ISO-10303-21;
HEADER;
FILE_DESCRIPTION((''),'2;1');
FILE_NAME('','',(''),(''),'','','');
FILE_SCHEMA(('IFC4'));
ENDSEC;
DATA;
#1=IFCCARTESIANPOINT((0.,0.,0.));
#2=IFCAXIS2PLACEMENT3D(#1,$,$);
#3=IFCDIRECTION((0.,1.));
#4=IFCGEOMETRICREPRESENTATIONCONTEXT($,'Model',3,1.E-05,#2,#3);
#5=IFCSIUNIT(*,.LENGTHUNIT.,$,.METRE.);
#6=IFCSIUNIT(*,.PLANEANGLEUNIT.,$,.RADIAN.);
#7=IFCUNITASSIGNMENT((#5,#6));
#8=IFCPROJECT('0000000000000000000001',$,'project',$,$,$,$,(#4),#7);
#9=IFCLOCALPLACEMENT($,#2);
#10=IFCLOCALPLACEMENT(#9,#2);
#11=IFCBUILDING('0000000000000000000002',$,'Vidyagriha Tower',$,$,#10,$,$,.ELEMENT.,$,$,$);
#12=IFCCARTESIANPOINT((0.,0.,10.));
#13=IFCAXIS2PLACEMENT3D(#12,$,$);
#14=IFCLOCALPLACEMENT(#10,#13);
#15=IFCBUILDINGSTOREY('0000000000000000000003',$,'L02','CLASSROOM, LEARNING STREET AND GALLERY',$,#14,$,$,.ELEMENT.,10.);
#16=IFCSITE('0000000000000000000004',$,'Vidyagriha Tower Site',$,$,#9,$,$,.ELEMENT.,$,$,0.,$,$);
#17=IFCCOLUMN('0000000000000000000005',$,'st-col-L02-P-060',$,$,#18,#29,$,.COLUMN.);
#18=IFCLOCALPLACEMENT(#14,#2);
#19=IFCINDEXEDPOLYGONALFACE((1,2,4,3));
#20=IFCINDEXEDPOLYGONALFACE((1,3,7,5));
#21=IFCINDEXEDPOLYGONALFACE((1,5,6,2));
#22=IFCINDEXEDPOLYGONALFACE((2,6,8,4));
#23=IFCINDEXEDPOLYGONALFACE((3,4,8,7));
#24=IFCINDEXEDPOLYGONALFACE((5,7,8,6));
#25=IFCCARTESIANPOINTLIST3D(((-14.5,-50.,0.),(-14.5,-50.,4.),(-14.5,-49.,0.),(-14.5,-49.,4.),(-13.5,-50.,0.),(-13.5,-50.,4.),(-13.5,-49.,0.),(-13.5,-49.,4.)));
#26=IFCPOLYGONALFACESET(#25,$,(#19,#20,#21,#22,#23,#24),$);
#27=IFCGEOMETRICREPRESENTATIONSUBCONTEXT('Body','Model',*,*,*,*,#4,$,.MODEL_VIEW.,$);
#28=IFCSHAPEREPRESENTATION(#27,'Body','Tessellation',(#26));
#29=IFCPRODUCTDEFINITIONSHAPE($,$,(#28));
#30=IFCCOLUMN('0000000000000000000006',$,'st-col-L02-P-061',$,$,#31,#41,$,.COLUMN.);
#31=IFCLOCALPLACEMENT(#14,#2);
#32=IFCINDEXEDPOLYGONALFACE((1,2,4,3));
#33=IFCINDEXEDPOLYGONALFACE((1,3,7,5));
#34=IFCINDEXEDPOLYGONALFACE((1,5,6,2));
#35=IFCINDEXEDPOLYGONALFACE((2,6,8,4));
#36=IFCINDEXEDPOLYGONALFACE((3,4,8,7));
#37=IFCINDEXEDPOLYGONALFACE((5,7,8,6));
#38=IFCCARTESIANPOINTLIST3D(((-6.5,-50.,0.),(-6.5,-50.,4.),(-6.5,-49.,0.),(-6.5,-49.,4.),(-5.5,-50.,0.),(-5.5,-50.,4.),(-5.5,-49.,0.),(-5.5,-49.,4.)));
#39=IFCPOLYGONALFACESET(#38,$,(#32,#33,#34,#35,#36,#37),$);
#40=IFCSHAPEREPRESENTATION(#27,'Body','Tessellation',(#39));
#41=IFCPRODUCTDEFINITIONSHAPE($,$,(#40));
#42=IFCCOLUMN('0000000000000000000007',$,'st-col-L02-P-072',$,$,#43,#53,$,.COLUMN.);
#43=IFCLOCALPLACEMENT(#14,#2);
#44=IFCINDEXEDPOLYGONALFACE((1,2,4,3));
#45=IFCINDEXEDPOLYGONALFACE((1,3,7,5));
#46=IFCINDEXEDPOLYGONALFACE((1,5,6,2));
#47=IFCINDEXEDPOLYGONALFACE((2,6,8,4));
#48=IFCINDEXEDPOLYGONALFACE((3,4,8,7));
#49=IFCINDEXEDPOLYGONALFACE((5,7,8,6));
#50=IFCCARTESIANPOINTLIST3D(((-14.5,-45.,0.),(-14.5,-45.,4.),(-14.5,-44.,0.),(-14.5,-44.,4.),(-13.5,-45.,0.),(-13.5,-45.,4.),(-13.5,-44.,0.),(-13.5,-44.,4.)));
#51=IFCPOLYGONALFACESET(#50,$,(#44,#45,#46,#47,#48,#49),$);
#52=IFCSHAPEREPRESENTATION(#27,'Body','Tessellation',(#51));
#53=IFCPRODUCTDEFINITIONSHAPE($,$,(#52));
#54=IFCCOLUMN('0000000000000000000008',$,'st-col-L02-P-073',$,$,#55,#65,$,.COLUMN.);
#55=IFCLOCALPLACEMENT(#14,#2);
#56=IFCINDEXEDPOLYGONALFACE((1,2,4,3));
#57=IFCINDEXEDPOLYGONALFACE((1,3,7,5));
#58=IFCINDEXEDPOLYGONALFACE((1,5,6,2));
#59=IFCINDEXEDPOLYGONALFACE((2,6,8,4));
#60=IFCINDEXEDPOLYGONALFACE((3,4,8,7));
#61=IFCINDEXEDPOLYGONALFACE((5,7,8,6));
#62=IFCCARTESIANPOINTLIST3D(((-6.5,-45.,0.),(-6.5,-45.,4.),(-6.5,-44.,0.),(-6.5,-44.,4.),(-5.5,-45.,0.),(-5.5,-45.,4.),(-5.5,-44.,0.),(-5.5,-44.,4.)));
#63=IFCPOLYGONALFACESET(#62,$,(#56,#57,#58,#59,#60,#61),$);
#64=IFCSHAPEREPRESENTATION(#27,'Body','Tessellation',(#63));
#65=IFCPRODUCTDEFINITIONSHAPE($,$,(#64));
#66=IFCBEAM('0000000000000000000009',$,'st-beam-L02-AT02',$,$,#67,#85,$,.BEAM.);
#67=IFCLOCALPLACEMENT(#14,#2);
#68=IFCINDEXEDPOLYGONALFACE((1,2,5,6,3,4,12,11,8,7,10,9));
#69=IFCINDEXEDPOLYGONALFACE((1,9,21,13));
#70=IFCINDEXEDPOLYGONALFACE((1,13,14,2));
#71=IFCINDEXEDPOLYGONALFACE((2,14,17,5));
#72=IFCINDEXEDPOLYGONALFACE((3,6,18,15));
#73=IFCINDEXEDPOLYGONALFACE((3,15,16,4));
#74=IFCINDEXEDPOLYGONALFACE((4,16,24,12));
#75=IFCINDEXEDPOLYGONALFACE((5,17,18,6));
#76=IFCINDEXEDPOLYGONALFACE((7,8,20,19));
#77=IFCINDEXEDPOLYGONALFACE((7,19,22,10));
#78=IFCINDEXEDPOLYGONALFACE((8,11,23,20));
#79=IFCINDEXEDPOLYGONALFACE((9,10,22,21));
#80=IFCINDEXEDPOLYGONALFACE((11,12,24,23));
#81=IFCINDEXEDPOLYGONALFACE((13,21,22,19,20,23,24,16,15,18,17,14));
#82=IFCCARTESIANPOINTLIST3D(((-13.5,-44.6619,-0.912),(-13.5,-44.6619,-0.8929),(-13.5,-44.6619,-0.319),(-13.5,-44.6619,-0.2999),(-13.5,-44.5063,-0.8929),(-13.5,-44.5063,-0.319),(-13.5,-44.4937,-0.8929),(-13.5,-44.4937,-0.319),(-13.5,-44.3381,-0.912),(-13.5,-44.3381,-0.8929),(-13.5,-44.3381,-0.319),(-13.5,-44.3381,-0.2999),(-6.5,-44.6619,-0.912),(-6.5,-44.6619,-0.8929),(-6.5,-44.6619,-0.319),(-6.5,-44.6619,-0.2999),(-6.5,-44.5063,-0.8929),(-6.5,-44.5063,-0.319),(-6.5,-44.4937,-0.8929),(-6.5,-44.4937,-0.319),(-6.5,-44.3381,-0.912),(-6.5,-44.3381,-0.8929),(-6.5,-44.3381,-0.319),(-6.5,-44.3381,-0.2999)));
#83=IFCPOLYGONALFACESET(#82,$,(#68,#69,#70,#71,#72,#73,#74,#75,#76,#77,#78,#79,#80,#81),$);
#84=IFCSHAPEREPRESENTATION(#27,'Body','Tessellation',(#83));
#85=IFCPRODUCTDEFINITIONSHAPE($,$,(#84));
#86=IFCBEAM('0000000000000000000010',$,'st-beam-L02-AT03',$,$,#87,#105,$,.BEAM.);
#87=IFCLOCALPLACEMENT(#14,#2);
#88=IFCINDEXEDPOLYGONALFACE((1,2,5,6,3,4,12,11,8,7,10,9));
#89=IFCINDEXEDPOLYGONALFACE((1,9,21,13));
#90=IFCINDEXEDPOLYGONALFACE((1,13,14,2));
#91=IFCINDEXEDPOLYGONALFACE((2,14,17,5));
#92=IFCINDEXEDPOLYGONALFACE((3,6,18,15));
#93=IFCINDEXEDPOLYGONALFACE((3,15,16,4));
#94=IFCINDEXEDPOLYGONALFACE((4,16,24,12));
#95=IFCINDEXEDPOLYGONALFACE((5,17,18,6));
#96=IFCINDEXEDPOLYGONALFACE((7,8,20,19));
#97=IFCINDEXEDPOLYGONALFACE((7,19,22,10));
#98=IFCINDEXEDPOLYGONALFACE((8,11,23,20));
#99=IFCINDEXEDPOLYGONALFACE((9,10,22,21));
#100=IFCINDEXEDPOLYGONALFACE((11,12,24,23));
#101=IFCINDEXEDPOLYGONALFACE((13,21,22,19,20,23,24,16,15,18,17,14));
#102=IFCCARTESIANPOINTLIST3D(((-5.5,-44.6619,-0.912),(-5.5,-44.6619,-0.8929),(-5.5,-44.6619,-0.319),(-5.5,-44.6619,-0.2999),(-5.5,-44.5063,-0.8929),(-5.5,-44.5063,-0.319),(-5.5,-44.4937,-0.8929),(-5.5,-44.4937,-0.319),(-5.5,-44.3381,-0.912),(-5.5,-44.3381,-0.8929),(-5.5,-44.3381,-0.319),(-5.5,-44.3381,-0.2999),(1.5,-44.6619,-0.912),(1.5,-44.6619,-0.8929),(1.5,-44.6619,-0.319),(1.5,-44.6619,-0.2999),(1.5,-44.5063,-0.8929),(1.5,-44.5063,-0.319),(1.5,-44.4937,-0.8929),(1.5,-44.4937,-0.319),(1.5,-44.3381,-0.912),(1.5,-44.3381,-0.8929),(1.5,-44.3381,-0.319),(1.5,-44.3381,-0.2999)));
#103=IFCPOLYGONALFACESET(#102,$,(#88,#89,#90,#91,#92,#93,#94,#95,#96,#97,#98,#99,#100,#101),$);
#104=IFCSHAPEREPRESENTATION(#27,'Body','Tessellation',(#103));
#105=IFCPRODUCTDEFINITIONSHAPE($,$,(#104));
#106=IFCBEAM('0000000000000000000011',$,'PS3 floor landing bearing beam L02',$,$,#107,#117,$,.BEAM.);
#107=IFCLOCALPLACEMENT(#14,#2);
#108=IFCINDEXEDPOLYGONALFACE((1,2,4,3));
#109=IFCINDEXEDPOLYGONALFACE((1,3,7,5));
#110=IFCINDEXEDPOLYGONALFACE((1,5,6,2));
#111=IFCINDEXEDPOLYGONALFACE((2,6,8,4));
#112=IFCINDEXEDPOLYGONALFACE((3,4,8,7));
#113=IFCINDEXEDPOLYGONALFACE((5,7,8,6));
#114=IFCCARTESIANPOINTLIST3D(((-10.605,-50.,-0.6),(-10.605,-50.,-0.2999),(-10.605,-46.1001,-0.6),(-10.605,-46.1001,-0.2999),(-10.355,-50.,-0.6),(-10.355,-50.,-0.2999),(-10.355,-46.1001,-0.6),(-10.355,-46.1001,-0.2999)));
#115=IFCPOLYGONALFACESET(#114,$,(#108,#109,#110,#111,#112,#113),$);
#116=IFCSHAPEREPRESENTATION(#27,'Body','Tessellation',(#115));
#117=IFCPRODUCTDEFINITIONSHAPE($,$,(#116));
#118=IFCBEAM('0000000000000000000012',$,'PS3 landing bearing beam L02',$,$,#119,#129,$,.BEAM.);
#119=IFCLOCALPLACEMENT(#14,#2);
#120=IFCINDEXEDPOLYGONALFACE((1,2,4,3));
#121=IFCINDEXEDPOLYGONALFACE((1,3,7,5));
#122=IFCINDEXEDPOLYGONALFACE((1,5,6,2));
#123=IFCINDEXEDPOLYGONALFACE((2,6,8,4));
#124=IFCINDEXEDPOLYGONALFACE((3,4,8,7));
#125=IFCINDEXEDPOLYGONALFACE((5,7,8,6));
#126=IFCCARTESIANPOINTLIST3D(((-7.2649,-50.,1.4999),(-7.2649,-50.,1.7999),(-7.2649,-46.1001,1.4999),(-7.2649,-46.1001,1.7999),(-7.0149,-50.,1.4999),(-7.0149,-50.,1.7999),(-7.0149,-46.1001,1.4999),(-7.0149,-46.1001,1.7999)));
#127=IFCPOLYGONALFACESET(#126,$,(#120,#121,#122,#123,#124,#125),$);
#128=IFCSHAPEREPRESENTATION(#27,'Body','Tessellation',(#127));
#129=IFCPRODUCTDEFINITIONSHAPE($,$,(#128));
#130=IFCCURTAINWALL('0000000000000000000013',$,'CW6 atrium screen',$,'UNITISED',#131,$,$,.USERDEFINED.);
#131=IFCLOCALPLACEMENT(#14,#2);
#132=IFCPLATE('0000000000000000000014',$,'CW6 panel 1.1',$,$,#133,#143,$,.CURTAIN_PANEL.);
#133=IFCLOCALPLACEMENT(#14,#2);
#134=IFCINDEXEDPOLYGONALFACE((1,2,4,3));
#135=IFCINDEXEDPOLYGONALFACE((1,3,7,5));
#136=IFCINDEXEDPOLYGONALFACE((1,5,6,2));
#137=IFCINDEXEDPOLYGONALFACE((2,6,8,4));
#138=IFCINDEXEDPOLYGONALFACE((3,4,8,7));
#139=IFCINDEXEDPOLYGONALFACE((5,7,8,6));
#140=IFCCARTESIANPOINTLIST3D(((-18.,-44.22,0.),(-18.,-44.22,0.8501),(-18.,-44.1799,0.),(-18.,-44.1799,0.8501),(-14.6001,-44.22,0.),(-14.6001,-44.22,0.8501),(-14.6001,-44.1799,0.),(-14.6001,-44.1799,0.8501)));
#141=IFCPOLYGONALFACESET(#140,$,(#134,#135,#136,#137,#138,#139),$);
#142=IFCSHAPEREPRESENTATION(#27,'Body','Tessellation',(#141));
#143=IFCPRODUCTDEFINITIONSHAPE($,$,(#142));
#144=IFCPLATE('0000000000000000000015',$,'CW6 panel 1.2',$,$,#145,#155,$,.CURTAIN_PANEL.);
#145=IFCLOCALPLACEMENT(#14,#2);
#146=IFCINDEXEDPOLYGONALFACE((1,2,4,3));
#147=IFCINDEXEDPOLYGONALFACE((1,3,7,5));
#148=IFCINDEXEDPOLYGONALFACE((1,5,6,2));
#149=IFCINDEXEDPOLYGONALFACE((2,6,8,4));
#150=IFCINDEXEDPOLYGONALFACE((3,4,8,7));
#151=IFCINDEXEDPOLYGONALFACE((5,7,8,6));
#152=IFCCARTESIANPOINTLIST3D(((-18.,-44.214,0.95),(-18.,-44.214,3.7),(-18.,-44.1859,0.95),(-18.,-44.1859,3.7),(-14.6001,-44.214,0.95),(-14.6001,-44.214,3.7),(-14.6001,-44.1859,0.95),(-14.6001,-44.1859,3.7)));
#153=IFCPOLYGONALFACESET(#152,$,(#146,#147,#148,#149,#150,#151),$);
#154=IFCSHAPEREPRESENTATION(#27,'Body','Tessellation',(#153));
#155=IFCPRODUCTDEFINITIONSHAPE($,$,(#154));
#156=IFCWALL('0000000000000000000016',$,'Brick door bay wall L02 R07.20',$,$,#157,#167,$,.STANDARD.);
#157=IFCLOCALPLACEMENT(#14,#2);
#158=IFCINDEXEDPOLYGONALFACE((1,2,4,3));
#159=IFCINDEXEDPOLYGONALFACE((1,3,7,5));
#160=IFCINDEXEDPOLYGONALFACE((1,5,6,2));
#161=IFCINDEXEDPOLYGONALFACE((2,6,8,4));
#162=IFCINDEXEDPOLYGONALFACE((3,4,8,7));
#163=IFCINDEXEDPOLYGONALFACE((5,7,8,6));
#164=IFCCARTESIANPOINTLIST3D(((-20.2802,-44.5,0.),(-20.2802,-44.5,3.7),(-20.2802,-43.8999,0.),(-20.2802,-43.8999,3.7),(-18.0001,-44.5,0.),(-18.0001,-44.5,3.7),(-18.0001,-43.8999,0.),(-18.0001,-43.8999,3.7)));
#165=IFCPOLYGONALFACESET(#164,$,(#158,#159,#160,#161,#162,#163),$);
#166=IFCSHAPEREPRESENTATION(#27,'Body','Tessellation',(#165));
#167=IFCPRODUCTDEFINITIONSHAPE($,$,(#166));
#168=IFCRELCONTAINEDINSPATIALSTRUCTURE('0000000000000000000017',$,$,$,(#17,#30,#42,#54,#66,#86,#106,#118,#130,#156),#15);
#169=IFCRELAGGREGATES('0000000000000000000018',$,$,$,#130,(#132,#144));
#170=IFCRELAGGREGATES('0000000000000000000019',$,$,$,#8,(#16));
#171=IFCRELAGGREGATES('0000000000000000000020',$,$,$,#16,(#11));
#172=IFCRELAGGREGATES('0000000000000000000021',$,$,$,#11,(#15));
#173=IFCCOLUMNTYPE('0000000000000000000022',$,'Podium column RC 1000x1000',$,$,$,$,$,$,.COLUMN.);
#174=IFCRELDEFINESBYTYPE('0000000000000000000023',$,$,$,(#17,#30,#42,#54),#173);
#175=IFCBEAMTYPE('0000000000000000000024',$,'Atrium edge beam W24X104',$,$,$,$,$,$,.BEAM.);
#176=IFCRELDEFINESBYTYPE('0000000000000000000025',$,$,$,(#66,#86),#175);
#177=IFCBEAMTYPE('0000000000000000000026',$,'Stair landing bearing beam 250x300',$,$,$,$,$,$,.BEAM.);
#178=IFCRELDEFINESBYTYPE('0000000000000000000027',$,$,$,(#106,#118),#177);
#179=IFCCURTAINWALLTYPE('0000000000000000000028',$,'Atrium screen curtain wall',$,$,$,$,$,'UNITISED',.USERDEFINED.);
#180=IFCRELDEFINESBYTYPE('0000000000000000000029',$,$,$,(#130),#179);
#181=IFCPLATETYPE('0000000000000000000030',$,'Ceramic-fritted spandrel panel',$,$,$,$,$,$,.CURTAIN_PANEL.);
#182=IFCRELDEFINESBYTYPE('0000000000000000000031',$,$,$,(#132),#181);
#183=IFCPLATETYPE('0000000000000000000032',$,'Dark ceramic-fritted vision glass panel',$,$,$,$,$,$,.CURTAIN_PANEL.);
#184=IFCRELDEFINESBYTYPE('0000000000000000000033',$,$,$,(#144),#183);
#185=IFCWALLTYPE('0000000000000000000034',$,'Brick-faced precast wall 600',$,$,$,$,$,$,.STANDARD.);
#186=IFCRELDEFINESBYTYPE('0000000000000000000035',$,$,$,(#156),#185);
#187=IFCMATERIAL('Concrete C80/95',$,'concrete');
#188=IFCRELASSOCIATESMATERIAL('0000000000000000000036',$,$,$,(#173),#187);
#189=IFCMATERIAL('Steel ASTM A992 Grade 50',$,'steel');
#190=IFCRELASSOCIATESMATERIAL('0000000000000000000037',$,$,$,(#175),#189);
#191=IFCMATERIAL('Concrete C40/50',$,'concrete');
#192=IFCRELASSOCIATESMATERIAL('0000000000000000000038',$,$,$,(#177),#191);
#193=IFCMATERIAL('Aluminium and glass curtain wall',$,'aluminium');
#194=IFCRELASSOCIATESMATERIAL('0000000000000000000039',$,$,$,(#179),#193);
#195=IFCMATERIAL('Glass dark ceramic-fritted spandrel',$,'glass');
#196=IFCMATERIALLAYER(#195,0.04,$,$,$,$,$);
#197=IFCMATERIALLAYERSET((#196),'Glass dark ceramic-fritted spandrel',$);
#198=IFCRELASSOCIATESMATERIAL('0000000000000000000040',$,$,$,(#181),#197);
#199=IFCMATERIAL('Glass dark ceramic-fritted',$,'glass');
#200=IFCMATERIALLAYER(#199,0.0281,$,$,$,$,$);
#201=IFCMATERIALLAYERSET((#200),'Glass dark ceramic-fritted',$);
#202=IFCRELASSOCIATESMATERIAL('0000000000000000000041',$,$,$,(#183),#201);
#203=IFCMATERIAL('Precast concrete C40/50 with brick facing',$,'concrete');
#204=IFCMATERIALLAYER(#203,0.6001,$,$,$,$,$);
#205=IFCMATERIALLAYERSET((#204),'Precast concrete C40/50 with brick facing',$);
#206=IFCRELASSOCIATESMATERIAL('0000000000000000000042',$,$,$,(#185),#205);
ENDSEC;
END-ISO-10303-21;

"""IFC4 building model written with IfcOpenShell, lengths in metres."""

from ifc_helpers import new_model, si_unit, direction, frame, frame_2d, origin, origin_2d, place, context, subcontext, project, spatial, rectangle, i_section, extrude, material, layer, layer_set, material_profile, profile_set, type_object, element, aggregate, save


model = new_model("IFC4")

# Units and contexts
model_context = context("Model", 3, precision=1e-05, world=origin(), true_north=direction((0.0, 1.0)))
body_context = subcontext(model_context, "Body", "Model", "MODEL_VIEW")
ifc_project = project(units=[si_unit("LENGTHUNIT", "METRE"), si_unit("PLANEANGLEUNIT", "RADIAN")], contexts=[model_context])

# Site, building, storey
site_placement = place(None, origin())
site = spatial("IfcSite", under=ifc_project, at=site_placement, Name="Vidyagriha Tower Site", CompositionType="ELEMENT", RefElevation=0.0)
building_placement = place(site_placement, origin())
building = spatial("IfcBuilding", under=site, at=building_placement, Name="Vidyagriha Tower", CompositionType="ELEMENT")
storey_placement = place(building_placement, frame((0.0, 0.0, 10.0)))
storey = spatial("IfcBuildingStorey", under=building, at=storey_placement, Name="L02", Description="CLASSROOM, LEARNING STREET AND GALLERY", CompositionType="ELEMENT", Elevation=10.0)

# Columns
ifc_material_1 = material(Name="Concrete C80/95", Category="concrete")
ifc_material_profile_1 = material_profile(ifc_material_1, rectangle(XDim=1.0, YDim=1.0, at=origin_2d()), Name="RC 1000x1000")
ifc_profile_set_1 = profile_set([ifc_material_profile_1], Name="Concrete C80/95")
column_type = type_object("IfcColumnType", Name="Podium column RC 1000x1000", PredefinedType="COLUMN", material=ifc_profile_set_1)
for number, where, name in (
    (1, (-14.0, -49.5, 0.0), "st-col-L02-P-060"),
    (2, (-6.0, -49.5, 0.0), "st-col-L02-P-061"),
    (3, (-14.0, -44.5, 0.0), "st-col-L02-P-072"),
    (4, (-6.0, -44.5, 0.0), "st-col-L02-P-073"),
):
    element("IfcColumn", number, at=place(storey_placement, frame(where)), inside=storey, type_object=column_type, Name=name, PredefinedType="COLUMN", context=body_context, shape_type="SweptSolid", body=[
        extrude(rectangle(XDim=1.0, YDim=1.0, at=origin_2d()), origin(), (0.0, 0.0, 1.0), 4.0),
    ])

# Beams
ifc_material_2 = material(Name="Steel ASTM A992 Grade 50", Category="steel")
ifc_material_profile_2 = material_profile(ifc_material_2, i_section(OverallWidth=0.3237, OverallDepth=0.6121, WebThickness=0.0127, FlangeThickness=0.019, at=origin_2d()), Name="W24X104")
ifc_profile_set_2 = profile_set([ifc_material_profile_2], Name="Steel ASTM A992 Grade 50")
beam_type_1 = type_object("IfcBeamType", Name="Atrium edge beam W24X104", PredefinedType="BEAM", material=ifc_profile_set_2)
for number, where, z_axis, x_axis, name in (
    (5, (-13.5, -44.5, -0.606), (1.0, 0.0, 0.0), (0.0, 1.0, 0.0), "st-beam-L02-AT02"),
    (6, (-5.5, -44.5, -0.606), (1.0, 0.0, 0.0), (0.0, 1.0, 0.0), "st-beam-L02-AT03"),
):
    element("IfcBeam", number, at=place(storey_placement, frame(where, z_axis=z_axis, x_axis=x_axis)), inside=storey, type_object=beam_type_1, Name=name, PredefinedType="BEAM", context=body_context, shape_type="SweptSolid", body=[
        extrude(i_section(OverallWidth=0.3237, OverallDepth=0.6121, WebThickness=0.0127, FlangeThickness=0.019, at=origin_2d()), origin(), (0.0, 0.0, 1.0), 7.0),
    ])
ifc_material_3 = material(Name="Concrete C40/50", Category="concrete")
ifc_material_profile_3 = material_profile(ifc_material_3, rectangle(XDim=0.25, YDim=0.3, at=origin_2d()), Name="Stair landing bearing beam 250x300")
ifc_profile_set_3 = profile_set([ifc_material_profile_3], Name="Concrete C40/50")
beam_type_2 = type_object("IfcBeamType", Name="Stair landing bearing beam 250x300", PredefinedType="BEAM", material=ifc_profile_set_3)
for number, where, z_axis, x_axis, name in (
    (7, (-10.48, -50.0, -0.45), (0.0, 1.0, 0.0), (-1.0, 0.0, 0.0), "PS3 floor landing bearing beam L02"),
    (8, (-7.1399, -50.0, 1.6499), (0.0, 1.0, 0.0), (-1.0, 0.0, 0.0), "PS3 landing bearing beam L02"),
):
    element("IfcBeam", number, at=place(storey_placement, frame(where, z_axis=z_axis, x_axis=x_axis)), inside=storey, type_object=beam_type_2, Name=name, PredefinedType="BEAM", context=body_context, shape_type="SweptSolid", body=[
        extrude(rectangle(XDim=0.25, YDim=0.3, at=origin_2d()), origin(), (0.0, 0.0, 1.0), 3.8999),
    ])

# Curtain wall, plates
ifc_material_4 = material(Name="Aluminium and glass curtain wall", Category="aluminium")
curtain_wall_type = type_object("IfcCurtainWallType", Name="Atrium screen curtain wall", ElementType="UNITISED", PredefinedType="USERDEFINED", material=ifc_material_4)
curtain_wall_placement = place(storey_placement, origin())
curtain_wall = element("IfcCurtainWall", 9, at=curtain_wall_placement, inside=storey, type_object=curtain_wall_type, Name="CW6 atrium screen", ObjectType="UNITISED", PredefinedType="USERDEFINED")
ifc_material_5 = material(Name="Glass dark ceramic-fritted spandrel", Category="glass")
ifc_layer_1 = layer(ifc_material_5, 0.04)
ifc_layer_set_1 = layer_set([ifc_layer_1], Name="Glass dark ceramic-fritted spandrel")
plate_type_1 = type_object("IfcPlateType", Name="Ceramic-fritted spandrel panel", PredefinedType="CURTAIN_PANEL", material=ifc_layer_set_1)
plate_1_placement = place(storey_placement, frame((-16.3, -44.2, 0.0), z_axis=(0.0, 0.0, 1.0), x_axis=(-1.0, 0.0, 0.0)))
plate_1 = element("IfcPlate", 10, at=plate_1_placement, type_object=plate_type_1, Name="CW6 panel 1.1", PredefinedType="CURTAIN_PANEL", context=body_context, shape_type="SweptSolid", body=[
    extrude(rectangle(XDim=3.3999, YDim=0.04, at=origin_2d()), origin(), (0.0, 0.0, 1.0), 0.8501),
])
ifc_material_6 = material(Name="Glass dark ceramic-fritted", Category="glass")
ifc_layer_2 = layer(ifc_material_6, 0.0281)
ifc_layer_set_2 = layer_set([ifc_layer_2], Name="Glass dark ceramic-fritted")
plate_type_2 = type_object("IfcPlateType", Name="Dark ceramic-fritted vision glass panel", PredefinedType="CURTAIN_PANEL", material=ifc_layer_set_2)
plate_2_placement = place(storey_placement, frame((-16.3, -44.2, 0.95), z_axis=(0.0, 0.0, 1.0), x_axis=(-1.0, 0.0, 0.0)))
plate_2 = element("IfcPlate", 11, at=plate_2_placement, type_object=plate_type_2, Name="CW6 panel 1.2", PredefinedType="CURTAIN_PANEL", context=body_context, shape_type="SweptSolid", body=[
    extrude(rectangle(XDim=3.3999, YDim=0.0281, at=origin_2d()), origin(), (0.0, 0.0, 1.0), 2.75),
])
aggregate(curtain_wall, [plate_1, plate_2])

# Wall
ifc_material_7 = material(Name="Precast concrete C40/50 with brick facing", Category="concrete")
ifc_layer_3 = layer(ifc_material_7, 0.6001)
ifc_layer_set_3 = layer_set([ifc_layer_3], Name="Precast concrete C40/50 with brick facing")
wall_type_1 = type_object("IfcWallType", Name="Brick-faced precast wall 600", PredefinedType="STANDARD", material=ifc_layer_set_3)
wall_1_placement = place(storey_placement, frame((-18.0, -44.2, 0.0), z_axis=(0.0, 0.0, 1.0), x_axis=(-1.0, 0.0, 0.0)))
element("IfcWall", 12, at=wall_1_placement, inside=storey, type_object=wall_type_1, Name="Brick door bay wall L02 R07.20", PredefinedType="STANDARD", context=body_context, shape_type="SweptSolid", body=[
    extrude(rectangle(XDim=2.28, YDim=0.6001, at=frame_2d((1.1401, 0.0))), origin(), (0.0, 0.0, 1.0), 3.7),
])

save(model, "model.ifc")
